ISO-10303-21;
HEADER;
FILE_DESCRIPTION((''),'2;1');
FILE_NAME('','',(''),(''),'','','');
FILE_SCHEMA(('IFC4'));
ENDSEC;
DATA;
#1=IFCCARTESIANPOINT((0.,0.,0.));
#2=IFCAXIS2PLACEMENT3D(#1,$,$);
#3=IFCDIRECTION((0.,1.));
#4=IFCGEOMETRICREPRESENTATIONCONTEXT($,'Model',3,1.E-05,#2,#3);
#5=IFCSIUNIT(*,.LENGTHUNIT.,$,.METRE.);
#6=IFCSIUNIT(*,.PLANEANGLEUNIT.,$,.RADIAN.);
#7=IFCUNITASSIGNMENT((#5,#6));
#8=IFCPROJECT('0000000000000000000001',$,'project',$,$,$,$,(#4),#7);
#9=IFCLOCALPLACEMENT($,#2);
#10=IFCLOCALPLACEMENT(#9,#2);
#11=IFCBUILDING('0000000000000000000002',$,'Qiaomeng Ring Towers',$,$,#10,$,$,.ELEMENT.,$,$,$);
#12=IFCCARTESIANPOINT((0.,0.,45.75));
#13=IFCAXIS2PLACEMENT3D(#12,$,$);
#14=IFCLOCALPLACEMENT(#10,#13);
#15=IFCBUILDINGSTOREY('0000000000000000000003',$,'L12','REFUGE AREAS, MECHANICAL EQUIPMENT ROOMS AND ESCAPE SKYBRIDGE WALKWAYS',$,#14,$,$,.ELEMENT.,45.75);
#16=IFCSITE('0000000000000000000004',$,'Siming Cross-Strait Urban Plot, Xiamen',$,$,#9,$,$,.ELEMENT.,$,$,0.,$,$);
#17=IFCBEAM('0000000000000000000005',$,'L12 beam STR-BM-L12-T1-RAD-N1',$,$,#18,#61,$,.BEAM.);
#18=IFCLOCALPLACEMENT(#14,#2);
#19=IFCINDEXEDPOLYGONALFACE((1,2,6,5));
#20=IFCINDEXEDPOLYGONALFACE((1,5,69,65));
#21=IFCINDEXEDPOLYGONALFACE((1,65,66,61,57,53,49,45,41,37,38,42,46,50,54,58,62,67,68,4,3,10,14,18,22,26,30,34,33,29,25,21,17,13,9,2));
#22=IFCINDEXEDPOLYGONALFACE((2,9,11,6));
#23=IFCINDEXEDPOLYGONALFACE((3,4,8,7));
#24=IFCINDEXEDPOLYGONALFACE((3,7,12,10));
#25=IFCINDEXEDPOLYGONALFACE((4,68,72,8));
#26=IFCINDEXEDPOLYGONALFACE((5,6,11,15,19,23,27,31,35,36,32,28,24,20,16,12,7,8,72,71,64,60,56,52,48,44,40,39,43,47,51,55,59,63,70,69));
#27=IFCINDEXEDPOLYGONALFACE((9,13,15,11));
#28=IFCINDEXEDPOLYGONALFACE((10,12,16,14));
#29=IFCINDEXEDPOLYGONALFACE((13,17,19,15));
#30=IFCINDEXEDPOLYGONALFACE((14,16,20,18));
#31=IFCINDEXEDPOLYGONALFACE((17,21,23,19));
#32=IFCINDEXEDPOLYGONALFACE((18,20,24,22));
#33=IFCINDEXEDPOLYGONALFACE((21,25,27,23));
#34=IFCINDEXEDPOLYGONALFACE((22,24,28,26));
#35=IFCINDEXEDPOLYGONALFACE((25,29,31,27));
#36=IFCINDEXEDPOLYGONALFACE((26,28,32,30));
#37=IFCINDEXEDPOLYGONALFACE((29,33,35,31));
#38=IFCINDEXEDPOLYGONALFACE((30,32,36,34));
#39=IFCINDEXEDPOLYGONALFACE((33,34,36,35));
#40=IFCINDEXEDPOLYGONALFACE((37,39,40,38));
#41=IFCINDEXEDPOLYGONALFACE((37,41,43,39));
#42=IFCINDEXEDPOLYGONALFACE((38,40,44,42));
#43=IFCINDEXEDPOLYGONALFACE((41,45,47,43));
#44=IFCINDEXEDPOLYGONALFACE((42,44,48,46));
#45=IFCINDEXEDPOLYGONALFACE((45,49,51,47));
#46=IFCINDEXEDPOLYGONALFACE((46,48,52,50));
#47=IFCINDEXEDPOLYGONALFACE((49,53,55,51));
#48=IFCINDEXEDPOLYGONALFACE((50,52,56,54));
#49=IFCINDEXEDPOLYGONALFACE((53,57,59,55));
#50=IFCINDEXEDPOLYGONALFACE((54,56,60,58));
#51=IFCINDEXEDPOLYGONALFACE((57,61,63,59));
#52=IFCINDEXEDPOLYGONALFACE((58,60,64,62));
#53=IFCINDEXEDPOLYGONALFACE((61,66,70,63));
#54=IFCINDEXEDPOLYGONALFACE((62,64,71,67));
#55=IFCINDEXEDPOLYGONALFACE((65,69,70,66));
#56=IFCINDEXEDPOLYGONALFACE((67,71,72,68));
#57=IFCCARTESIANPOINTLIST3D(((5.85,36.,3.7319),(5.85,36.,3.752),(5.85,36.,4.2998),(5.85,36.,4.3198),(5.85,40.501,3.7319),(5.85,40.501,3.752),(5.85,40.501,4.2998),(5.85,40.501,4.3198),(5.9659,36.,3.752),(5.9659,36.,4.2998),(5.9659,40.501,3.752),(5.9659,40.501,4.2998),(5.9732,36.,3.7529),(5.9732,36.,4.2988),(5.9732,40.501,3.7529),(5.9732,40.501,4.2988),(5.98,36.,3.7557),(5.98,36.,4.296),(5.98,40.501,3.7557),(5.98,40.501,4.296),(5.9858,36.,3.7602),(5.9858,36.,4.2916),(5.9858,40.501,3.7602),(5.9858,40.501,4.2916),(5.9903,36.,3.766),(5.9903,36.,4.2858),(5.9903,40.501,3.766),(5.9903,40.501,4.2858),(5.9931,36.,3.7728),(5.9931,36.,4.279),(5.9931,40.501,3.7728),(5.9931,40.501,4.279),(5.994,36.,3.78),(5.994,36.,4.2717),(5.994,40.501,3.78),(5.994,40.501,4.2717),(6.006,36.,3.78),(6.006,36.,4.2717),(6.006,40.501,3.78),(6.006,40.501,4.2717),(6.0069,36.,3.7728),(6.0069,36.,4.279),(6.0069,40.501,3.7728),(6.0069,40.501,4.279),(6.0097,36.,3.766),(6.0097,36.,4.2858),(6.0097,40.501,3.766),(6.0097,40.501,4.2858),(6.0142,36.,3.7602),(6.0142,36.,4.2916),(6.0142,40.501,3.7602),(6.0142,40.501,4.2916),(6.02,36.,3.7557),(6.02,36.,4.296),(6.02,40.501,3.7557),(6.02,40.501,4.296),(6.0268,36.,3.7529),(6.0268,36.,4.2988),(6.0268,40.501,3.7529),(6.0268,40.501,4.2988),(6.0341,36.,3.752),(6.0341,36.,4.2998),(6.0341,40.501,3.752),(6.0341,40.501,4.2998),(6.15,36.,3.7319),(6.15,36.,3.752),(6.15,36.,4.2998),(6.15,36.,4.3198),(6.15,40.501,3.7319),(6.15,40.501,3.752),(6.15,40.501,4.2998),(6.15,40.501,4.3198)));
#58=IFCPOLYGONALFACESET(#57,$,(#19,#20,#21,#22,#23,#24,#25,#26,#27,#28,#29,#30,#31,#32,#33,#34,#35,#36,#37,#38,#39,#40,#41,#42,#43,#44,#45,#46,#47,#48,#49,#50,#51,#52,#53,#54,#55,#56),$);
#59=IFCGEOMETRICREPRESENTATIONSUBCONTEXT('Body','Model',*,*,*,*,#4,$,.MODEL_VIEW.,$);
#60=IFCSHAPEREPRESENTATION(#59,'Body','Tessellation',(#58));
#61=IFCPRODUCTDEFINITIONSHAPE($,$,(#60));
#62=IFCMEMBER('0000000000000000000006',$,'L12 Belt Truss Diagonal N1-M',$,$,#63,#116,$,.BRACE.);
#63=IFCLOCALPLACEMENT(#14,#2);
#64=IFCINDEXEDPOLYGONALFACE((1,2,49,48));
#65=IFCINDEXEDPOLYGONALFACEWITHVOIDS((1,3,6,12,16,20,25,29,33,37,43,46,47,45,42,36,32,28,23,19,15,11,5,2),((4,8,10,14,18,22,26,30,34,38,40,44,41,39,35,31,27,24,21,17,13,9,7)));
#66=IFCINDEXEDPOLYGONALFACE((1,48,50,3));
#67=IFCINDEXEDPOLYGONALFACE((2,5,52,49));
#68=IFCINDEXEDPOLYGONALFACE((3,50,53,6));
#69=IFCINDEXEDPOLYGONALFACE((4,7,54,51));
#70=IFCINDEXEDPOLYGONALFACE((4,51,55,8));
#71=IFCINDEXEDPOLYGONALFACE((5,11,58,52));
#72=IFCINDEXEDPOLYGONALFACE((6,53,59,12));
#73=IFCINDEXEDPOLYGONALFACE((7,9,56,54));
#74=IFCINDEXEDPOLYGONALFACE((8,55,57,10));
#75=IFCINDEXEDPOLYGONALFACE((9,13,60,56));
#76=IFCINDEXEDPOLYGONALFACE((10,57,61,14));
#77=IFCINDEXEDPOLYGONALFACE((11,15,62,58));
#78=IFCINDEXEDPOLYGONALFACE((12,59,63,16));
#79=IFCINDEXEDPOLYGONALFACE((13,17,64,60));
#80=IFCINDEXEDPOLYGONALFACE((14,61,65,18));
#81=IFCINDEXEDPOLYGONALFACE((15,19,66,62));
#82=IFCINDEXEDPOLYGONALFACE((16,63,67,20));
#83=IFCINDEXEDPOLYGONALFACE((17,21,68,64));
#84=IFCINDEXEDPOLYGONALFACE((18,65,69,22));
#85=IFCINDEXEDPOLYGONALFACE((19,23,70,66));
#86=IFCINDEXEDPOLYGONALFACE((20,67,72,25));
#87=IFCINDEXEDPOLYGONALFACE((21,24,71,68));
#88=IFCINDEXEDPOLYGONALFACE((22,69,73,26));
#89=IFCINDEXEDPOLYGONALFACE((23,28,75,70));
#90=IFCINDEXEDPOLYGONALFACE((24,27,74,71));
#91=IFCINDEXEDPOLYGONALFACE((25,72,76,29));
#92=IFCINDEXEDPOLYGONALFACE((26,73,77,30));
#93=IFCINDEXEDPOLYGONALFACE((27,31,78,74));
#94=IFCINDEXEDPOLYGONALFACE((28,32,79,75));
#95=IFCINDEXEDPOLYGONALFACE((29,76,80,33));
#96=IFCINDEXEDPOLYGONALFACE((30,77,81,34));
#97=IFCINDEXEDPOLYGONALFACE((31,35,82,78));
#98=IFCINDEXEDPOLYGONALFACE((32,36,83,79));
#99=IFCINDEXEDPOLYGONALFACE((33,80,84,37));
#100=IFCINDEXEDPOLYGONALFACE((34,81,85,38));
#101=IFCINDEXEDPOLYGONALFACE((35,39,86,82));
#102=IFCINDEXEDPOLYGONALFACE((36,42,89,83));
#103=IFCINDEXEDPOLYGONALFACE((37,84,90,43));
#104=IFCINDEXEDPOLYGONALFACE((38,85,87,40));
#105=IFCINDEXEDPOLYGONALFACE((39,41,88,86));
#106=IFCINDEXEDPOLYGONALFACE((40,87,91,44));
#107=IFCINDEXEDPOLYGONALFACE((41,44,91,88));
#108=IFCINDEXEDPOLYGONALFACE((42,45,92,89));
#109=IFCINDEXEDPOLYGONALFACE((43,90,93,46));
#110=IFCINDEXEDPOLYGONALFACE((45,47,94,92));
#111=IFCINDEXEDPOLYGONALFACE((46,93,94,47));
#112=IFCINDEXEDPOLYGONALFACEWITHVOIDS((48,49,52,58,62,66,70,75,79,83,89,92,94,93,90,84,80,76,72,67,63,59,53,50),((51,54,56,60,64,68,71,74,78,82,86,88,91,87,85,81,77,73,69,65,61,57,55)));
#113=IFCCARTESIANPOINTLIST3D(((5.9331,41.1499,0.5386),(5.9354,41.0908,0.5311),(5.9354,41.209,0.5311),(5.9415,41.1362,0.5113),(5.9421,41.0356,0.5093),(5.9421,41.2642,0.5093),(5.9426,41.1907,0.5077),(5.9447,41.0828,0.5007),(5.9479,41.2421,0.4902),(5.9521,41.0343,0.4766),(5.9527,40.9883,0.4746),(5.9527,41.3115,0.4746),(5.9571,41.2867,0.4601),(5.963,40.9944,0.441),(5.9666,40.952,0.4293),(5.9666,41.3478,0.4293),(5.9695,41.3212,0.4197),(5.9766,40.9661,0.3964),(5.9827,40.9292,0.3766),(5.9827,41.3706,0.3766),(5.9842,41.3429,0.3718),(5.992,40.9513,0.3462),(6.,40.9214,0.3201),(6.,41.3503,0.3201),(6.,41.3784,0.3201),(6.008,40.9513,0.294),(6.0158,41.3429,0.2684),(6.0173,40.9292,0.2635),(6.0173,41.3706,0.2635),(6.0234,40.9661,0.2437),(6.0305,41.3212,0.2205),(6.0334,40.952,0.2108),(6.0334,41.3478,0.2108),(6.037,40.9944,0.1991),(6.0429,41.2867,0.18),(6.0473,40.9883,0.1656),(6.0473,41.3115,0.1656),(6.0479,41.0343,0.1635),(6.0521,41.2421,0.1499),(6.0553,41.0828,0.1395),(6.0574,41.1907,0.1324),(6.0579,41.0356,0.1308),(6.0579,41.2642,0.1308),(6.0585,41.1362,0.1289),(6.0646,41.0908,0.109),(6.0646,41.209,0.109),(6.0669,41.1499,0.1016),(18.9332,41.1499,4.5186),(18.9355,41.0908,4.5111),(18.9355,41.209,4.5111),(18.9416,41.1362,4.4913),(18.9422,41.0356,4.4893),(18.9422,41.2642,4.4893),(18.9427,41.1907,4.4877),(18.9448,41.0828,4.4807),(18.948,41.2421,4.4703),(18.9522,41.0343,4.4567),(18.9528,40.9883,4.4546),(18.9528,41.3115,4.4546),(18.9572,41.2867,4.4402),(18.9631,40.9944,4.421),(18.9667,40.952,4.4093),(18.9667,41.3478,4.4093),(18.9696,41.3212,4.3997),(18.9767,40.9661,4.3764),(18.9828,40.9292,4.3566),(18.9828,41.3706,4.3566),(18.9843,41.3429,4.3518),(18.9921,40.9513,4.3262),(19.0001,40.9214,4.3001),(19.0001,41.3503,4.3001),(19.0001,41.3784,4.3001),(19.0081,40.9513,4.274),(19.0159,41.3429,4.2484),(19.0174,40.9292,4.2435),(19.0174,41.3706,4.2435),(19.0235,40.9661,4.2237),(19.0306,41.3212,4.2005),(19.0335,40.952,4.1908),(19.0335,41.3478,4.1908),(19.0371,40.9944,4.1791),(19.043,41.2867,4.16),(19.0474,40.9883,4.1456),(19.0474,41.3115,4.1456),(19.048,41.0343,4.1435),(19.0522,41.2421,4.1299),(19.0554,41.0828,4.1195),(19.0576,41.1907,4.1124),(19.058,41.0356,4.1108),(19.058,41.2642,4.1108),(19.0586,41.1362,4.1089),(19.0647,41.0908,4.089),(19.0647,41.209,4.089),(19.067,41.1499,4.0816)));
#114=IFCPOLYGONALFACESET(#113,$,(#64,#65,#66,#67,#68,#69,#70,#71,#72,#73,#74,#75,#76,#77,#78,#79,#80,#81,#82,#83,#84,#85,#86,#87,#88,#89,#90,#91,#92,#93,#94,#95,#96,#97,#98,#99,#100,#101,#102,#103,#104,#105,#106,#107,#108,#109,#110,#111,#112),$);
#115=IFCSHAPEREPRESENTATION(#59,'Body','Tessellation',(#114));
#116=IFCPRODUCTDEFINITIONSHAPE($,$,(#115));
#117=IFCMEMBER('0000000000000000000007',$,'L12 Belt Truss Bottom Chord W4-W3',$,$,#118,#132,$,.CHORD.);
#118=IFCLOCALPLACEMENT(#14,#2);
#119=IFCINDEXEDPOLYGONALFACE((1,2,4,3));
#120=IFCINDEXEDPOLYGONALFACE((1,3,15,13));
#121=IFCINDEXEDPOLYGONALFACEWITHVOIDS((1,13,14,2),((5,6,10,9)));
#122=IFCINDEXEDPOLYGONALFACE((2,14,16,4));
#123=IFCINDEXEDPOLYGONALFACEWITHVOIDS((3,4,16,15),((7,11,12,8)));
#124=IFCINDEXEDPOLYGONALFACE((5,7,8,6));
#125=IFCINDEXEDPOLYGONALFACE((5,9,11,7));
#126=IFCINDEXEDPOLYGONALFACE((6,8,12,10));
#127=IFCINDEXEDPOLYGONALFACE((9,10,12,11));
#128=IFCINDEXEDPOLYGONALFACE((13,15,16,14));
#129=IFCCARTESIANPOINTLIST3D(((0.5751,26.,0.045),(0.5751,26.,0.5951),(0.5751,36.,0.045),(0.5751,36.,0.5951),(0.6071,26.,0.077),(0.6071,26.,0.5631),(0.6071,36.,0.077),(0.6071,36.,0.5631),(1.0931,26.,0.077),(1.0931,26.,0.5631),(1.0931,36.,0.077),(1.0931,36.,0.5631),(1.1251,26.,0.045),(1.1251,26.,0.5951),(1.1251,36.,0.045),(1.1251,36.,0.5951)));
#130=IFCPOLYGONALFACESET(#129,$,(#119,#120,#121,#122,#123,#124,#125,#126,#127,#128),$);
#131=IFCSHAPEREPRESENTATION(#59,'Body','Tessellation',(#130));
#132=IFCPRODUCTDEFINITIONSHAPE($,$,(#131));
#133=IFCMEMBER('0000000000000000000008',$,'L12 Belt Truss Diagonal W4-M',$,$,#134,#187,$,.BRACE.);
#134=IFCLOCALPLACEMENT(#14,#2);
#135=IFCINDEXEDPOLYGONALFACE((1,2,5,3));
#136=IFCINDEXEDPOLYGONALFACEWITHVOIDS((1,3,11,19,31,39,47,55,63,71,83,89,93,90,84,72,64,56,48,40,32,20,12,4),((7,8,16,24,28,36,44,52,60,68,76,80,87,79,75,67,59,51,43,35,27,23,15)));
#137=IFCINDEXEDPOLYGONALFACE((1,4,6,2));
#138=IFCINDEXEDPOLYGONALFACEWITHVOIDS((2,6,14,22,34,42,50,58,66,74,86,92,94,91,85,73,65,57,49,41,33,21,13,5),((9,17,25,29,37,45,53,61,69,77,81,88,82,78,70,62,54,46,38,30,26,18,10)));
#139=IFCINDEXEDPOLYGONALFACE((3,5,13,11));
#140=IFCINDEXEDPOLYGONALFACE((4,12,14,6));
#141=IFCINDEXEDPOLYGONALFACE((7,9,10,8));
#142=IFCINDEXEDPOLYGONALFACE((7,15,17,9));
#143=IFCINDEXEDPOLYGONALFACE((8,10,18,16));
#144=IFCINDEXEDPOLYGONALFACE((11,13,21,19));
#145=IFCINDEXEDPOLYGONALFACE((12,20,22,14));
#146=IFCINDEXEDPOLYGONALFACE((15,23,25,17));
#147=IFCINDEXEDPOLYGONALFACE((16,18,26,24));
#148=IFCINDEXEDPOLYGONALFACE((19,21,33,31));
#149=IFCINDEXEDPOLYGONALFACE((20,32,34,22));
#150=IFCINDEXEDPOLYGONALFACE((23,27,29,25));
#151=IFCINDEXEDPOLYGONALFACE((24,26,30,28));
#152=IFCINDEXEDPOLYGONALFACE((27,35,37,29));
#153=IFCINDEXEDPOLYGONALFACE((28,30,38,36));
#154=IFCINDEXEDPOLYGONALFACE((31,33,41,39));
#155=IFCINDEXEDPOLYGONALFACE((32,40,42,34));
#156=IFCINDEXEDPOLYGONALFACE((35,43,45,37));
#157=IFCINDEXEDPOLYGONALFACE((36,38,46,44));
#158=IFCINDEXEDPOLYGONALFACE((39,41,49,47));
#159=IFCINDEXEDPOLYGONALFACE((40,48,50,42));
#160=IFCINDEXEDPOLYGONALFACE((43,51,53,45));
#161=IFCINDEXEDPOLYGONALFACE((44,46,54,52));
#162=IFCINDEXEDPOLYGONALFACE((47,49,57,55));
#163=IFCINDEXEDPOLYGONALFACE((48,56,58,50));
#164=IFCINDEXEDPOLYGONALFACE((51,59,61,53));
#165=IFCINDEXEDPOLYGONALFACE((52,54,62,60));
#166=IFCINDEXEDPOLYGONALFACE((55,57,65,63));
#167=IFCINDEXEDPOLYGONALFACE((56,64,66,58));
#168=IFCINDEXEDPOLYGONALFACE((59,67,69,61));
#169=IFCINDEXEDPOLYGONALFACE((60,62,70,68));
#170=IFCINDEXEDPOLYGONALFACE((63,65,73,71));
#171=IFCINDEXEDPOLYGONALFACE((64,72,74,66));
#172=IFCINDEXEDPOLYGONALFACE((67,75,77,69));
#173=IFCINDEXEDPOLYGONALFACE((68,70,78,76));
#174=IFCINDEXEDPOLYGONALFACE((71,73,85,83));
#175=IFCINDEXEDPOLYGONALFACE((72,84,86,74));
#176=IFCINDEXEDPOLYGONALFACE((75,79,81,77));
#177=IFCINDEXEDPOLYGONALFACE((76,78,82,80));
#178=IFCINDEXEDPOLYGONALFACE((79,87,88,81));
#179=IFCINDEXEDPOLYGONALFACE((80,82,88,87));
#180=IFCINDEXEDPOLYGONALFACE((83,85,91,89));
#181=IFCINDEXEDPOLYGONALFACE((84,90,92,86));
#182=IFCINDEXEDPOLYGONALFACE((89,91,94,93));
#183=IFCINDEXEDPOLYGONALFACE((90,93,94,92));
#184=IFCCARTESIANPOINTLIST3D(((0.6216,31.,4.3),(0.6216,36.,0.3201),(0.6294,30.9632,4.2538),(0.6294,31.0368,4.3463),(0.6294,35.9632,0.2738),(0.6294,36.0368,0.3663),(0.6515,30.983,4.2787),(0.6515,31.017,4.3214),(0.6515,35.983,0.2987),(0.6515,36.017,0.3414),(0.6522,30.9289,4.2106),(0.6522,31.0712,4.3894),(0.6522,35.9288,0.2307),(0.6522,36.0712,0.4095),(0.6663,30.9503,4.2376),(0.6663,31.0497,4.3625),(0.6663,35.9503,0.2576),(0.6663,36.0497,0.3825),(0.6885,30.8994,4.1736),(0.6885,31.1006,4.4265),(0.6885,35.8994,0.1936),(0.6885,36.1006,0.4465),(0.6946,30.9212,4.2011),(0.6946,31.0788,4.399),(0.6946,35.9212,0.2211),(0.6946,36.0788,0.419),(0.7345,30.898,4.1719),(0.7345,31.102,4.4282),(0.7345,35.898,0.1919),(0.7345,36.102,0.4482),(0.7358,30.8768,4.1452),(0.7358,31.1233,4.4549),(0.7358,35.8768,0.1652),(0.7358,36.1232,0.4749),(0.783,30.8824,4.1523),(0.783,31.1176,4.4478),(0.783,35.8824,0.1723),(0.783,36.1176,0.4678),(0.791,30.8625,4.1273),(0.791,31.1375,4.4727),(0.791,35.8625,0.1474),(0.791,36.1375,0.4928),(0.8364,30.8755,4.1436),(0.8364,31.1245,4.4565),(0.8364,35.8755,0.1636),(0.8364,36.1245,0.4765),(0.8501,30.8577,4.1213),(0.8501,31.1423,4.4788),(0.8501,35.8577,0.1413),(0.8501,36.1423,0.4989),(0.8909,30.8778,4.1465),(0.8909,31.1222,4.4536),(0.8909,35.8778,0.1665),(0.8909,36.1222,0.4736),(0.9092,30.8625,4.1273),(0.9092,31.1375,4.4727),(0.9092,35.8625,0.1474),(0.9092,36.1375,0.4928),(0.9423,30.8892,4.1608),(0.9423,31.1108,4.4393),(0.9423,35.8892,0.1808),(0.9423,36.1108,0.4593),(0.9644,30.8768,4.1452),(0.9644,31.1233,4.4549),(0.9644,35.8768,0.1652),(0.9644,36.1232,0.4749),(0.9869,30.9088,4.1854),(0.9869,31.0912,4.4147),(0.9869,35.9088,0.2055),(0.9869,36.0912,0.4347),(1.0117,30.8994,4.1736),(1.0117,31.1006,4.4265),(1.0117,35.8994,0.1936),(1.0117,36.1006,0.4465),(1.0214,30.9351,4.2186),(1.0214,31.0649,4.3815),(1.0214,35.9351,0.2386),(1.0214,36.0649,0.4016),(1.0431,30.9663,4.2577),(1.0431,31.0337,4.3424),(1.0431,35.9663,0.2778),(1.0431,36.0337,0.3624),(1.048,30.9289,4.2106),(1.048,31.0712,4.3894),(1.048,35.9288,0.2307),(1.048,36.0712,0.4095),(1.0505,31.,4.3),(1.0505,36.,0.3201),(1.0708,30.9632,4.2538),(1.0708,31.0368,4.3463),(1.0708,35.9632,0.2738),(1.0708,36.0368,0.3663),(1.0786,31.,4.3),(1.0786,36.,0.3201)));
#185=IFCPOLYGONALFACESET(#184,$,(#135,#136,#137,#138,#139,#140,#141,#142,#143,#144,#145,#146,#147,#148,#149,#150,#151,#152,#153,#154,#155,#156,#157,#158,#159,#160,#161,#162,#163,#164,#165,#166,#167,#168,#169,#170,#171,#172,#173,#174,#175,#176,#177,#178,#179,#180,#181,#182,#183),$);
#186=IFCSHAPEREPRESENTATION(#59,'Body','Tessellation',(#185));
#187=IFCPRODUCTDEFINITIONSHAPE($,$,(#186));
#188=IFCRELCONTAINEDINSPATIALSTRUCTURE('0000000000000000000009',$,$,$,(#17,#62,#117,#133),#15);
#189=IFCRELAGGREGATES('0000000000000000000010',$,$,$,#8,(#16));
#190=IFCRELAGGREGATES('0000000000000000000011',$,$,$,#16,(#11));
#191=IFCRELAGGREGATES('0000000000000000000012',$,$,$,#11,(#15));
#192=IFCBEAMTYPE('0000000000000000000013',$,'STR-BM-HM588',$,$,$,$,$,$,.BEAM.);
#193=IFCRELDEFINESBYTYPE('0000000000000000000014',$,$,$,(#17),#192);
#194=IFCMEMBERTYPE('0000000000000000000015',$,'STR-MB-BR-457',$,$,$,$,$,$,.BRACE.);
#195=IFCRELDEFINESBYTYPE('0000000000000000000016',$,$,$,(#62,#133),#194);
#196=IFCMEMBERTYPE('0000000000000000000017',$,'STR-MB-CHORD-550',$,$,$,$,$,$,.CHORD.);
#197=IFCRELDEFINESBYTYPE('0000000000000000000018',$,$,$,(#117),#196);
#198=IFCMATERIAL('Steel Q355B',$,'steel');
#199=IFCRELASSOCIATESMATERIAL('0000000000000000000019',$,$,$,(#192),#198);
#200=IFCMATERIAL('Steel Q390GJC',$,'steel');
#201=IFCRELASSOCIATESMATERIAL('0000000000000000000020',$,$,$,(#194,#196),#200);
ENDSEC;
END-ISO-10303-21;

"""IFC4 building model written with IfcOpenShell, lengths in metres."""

from ifc_helpers import new_model, si_unit, direction, frame, origin, origin_2d, place, context, subcontext, project, spatial, hollow_rectangle, hollow_circle, i_section, extrude, source, transform, mapped, material, material_profile, profile_set, type_object, element, save


model = new_model("IFC4")

# Units and contexts
model_context = context("Model", 3, precision=1e-05, world=origin(), true_north=direction((0.0, 1.0)))
body_context = subcontext(model_context, "Body", "Model", "MODEL_VIEW")
ifc_project = project(units=[si_unit("LENGTHUNIT", "METRE"), si_unit("PLANEANGLEUNIT", "RADIAN")], contexts=[model_context])

# Site, building, storey
site_placement = place(None, origin())
site = spatial("IfcSite", under=ifc_project, at=site_placement, Name="Siming Cross-Strait Urban Plot, Xiamen", CompositionType="ELEMENT", RefElevation=0.0)
building_placement = place(site_placement, origin())
building = spatial("IfcBuilding", under=site, at=building_placement, Name="Qiaomeng Ring Towers", CompositionType="ELEMENT")
storey_placement = place(building_placement, frame((0.0, 0.0, 45.75)))
storey = spatial("IfcBuildingStorey", under=building, at=storey_placement, Name="L12", Description="REFUGE AREAS, MECHANICAL EQUIPMENT ROOMS AND ESCAPE SKYBRIDGE WALKWAYS", CompositionType="ELEMENT", Elevation=45.75)

# Beam
ifc_material_1 = material(Name="Steel Q355B", Category="steel")
ifc_material_2 = material(Name="Steel Q390GJC", Category="steel")
ifc_material_profile_1 = material_profile(ifc_material_1, i_section(OverallWidth=0.3, OverallDepth=0.5879, WebThickness=0.012, FlangeThickness=0.02, FilletRadius=0.0281, at=origin_2d()), Name="HM 588x300x12x20")
ifc_profile_set_1 = profile_set([ifc_material_profile_1], Name="Steel Q355B")
beam_type_1 = type_object("IfcBeamType", Name="STR-BM-HM588", PredefinedType="BEAM", material=ifc_profile_set_1)
shared_shape_1 = source(origin(), body_context, "Body", "SweptSolid", [
    extrude(i_section(OverallWidth=0.3, OverallDepth=0.5879, WebThickness=0.012, FlangeThickness=0.02, FilletRadius=0.0281, at=origin_2d()), origin(), (0.0, 0.0, 1.0), 4.501),
])
beam_1_placement = place(storey_placement, frame((6.0, 40.501, 4.0259), z_axis=(0.0, -1.0, 0.0), x_axis=(1.0, 0.0, 0.0)))
element("IfcBeam", 1, at=beam_1_placement, inside=storey, type_object=beam_type_1, Name="L12 beam STR-BM-L12-T1-RAD-N1", PredefinedType="BEAM", context=body_context, shape_type="MappedRepresentation", body=[
    mapped(shared_shape_1, transform((0.0, 0.0, 0.0), x_axis=(1.0, 0.0, 0.0), y_axis=(0.0, 1.0, 0.0), z_axis=(0.0, 0.0, 1.0), scale=1.0)),
])

# Members
ifc_material_profile_2 = material_profile(ifc_material_2, hollow_circle(Radius=0.2285, WallThickness=0.0281, at=origin_2d()), Name="CHS 457x28")
ifc_profile_set_2 = profile_set([ifc_material_profile_2], Name="Steel Q390GJC")
member_type_1 = type_object("IfcMemberType", Name="STR-MB-BR-457", PredefinedType="BRACE", material=ifc_profile_set_2)
shared_shape_2 = source(origin(), body_context, "Body", "SweptSolid", [
    extrude(hollow_circle(Radius=0.2285, WallThickness=0.0281, at=origin_2d()), origin(), (0.0, 0.0, 1.0), 13.5957),
])
member_1_placement = place(storey_placement, frame((6.0, 41.1499, 0.3201), z_axis=(0.956192, 0.0, 0.29274), x_axis=(0.0, 1.0, 0.0)))
element("IfcMember", 2, at=member_1_placement, inside=storey, type_object=member_type_1, Name="L12 Belt Truss Diagonal N1-M", PredefinedType="BRACE", context=body_context, shape_type="MappedRepresentation", body=[
    mapped(shared_shape_2, transform((0.0, 0.0, 0.0), x_axis=(1.0, 0.0, 0.0), y_axis=(0.0, 1.0, 0.0), z_axis=(0.0, 0.0, 1.0), scale=1.0)),
])
ifc_material_profile_3 = material_profile(ifc_material_2, hollow_rectangle(XDim=0.55, YDim=0.55, WallThickness=0.032, at=origin_2d()), Name="SHS 550x550x32")
ifc_profile_set_3 = profile_set([ifc_material_profile_3], Name="Steel Q390GJC")
member_type_2 = type_object("IfcMemberType", Name="STR-MB-CHORD-550", PredefinedType="CHORD", material=ifc_profile_set_3)
shared_shape_3 = source(origin(), body_context, "Body", "SweptSolid", [
    extrude(hollow_rectangle(XDim=0.55, YDim=0.55, WallThickness=0.032, at=origin_2d()), origin(), (0.0, 0.0, 1.0), 10.0),
])
member_2_placement = place(storey_placement, frame((0.8501, 36.0, 0.3201), z_axis=(0.0, -1.0, 0.0), x_axis=(1.0, 0.0, 0.0)))
element("IfcMember", 3, at=member_2_placement, inside=storey, type_object=member_type_2, Name="L12 Belt Truss Bottom Chord W4-W3", PredefinedType="CHORD", context=body_context, shape_type="MappedRepresentation", body=[
    mapped(shared_shape_3, transform((0.0, 0.0, 0.0), x_axis=(1.0, 0.0, 0.0), y_axis=(0.0, 1.0, 0.0), z_axis=(0.0, 0.0, 1.0), scale=1.0)),
])
shared_shape_4 = source(origin(), body_context, "Body", "SweptSolid", [
    extrude(hollow_circle(Radius=0.2285, WallThickness=0.0281, at=origin_2d()), origin(), (0.0, 0.0, 1.0), 6.3906),
])
member_3_placement = place(storey_placement, frame((0.8501, 36.0, 0.3201), z_axis=(0.0, -0.782395, 0.622783), x_axis=(1.0, 0.0, 0.0)))
element("IfcMember", 4, at=member_3_placement, inside=storey, type_object=member_type_1, Name="L12 Belt Truss Diagonal W4-M", PredefinedType="BRACE", context=body_context, shape_type="MappedRepresentation", body=[
    mapped(shared_shape_4, transform((0.0, 0.0, 0.0), x_axis=(1.0, 0.0, 0.0), y_axis=(0.0, 1.0, 0.0), z_axis=(0.0, 0.0, 1.0), scale=1.0)),
])

save(model, "model.ifc")
